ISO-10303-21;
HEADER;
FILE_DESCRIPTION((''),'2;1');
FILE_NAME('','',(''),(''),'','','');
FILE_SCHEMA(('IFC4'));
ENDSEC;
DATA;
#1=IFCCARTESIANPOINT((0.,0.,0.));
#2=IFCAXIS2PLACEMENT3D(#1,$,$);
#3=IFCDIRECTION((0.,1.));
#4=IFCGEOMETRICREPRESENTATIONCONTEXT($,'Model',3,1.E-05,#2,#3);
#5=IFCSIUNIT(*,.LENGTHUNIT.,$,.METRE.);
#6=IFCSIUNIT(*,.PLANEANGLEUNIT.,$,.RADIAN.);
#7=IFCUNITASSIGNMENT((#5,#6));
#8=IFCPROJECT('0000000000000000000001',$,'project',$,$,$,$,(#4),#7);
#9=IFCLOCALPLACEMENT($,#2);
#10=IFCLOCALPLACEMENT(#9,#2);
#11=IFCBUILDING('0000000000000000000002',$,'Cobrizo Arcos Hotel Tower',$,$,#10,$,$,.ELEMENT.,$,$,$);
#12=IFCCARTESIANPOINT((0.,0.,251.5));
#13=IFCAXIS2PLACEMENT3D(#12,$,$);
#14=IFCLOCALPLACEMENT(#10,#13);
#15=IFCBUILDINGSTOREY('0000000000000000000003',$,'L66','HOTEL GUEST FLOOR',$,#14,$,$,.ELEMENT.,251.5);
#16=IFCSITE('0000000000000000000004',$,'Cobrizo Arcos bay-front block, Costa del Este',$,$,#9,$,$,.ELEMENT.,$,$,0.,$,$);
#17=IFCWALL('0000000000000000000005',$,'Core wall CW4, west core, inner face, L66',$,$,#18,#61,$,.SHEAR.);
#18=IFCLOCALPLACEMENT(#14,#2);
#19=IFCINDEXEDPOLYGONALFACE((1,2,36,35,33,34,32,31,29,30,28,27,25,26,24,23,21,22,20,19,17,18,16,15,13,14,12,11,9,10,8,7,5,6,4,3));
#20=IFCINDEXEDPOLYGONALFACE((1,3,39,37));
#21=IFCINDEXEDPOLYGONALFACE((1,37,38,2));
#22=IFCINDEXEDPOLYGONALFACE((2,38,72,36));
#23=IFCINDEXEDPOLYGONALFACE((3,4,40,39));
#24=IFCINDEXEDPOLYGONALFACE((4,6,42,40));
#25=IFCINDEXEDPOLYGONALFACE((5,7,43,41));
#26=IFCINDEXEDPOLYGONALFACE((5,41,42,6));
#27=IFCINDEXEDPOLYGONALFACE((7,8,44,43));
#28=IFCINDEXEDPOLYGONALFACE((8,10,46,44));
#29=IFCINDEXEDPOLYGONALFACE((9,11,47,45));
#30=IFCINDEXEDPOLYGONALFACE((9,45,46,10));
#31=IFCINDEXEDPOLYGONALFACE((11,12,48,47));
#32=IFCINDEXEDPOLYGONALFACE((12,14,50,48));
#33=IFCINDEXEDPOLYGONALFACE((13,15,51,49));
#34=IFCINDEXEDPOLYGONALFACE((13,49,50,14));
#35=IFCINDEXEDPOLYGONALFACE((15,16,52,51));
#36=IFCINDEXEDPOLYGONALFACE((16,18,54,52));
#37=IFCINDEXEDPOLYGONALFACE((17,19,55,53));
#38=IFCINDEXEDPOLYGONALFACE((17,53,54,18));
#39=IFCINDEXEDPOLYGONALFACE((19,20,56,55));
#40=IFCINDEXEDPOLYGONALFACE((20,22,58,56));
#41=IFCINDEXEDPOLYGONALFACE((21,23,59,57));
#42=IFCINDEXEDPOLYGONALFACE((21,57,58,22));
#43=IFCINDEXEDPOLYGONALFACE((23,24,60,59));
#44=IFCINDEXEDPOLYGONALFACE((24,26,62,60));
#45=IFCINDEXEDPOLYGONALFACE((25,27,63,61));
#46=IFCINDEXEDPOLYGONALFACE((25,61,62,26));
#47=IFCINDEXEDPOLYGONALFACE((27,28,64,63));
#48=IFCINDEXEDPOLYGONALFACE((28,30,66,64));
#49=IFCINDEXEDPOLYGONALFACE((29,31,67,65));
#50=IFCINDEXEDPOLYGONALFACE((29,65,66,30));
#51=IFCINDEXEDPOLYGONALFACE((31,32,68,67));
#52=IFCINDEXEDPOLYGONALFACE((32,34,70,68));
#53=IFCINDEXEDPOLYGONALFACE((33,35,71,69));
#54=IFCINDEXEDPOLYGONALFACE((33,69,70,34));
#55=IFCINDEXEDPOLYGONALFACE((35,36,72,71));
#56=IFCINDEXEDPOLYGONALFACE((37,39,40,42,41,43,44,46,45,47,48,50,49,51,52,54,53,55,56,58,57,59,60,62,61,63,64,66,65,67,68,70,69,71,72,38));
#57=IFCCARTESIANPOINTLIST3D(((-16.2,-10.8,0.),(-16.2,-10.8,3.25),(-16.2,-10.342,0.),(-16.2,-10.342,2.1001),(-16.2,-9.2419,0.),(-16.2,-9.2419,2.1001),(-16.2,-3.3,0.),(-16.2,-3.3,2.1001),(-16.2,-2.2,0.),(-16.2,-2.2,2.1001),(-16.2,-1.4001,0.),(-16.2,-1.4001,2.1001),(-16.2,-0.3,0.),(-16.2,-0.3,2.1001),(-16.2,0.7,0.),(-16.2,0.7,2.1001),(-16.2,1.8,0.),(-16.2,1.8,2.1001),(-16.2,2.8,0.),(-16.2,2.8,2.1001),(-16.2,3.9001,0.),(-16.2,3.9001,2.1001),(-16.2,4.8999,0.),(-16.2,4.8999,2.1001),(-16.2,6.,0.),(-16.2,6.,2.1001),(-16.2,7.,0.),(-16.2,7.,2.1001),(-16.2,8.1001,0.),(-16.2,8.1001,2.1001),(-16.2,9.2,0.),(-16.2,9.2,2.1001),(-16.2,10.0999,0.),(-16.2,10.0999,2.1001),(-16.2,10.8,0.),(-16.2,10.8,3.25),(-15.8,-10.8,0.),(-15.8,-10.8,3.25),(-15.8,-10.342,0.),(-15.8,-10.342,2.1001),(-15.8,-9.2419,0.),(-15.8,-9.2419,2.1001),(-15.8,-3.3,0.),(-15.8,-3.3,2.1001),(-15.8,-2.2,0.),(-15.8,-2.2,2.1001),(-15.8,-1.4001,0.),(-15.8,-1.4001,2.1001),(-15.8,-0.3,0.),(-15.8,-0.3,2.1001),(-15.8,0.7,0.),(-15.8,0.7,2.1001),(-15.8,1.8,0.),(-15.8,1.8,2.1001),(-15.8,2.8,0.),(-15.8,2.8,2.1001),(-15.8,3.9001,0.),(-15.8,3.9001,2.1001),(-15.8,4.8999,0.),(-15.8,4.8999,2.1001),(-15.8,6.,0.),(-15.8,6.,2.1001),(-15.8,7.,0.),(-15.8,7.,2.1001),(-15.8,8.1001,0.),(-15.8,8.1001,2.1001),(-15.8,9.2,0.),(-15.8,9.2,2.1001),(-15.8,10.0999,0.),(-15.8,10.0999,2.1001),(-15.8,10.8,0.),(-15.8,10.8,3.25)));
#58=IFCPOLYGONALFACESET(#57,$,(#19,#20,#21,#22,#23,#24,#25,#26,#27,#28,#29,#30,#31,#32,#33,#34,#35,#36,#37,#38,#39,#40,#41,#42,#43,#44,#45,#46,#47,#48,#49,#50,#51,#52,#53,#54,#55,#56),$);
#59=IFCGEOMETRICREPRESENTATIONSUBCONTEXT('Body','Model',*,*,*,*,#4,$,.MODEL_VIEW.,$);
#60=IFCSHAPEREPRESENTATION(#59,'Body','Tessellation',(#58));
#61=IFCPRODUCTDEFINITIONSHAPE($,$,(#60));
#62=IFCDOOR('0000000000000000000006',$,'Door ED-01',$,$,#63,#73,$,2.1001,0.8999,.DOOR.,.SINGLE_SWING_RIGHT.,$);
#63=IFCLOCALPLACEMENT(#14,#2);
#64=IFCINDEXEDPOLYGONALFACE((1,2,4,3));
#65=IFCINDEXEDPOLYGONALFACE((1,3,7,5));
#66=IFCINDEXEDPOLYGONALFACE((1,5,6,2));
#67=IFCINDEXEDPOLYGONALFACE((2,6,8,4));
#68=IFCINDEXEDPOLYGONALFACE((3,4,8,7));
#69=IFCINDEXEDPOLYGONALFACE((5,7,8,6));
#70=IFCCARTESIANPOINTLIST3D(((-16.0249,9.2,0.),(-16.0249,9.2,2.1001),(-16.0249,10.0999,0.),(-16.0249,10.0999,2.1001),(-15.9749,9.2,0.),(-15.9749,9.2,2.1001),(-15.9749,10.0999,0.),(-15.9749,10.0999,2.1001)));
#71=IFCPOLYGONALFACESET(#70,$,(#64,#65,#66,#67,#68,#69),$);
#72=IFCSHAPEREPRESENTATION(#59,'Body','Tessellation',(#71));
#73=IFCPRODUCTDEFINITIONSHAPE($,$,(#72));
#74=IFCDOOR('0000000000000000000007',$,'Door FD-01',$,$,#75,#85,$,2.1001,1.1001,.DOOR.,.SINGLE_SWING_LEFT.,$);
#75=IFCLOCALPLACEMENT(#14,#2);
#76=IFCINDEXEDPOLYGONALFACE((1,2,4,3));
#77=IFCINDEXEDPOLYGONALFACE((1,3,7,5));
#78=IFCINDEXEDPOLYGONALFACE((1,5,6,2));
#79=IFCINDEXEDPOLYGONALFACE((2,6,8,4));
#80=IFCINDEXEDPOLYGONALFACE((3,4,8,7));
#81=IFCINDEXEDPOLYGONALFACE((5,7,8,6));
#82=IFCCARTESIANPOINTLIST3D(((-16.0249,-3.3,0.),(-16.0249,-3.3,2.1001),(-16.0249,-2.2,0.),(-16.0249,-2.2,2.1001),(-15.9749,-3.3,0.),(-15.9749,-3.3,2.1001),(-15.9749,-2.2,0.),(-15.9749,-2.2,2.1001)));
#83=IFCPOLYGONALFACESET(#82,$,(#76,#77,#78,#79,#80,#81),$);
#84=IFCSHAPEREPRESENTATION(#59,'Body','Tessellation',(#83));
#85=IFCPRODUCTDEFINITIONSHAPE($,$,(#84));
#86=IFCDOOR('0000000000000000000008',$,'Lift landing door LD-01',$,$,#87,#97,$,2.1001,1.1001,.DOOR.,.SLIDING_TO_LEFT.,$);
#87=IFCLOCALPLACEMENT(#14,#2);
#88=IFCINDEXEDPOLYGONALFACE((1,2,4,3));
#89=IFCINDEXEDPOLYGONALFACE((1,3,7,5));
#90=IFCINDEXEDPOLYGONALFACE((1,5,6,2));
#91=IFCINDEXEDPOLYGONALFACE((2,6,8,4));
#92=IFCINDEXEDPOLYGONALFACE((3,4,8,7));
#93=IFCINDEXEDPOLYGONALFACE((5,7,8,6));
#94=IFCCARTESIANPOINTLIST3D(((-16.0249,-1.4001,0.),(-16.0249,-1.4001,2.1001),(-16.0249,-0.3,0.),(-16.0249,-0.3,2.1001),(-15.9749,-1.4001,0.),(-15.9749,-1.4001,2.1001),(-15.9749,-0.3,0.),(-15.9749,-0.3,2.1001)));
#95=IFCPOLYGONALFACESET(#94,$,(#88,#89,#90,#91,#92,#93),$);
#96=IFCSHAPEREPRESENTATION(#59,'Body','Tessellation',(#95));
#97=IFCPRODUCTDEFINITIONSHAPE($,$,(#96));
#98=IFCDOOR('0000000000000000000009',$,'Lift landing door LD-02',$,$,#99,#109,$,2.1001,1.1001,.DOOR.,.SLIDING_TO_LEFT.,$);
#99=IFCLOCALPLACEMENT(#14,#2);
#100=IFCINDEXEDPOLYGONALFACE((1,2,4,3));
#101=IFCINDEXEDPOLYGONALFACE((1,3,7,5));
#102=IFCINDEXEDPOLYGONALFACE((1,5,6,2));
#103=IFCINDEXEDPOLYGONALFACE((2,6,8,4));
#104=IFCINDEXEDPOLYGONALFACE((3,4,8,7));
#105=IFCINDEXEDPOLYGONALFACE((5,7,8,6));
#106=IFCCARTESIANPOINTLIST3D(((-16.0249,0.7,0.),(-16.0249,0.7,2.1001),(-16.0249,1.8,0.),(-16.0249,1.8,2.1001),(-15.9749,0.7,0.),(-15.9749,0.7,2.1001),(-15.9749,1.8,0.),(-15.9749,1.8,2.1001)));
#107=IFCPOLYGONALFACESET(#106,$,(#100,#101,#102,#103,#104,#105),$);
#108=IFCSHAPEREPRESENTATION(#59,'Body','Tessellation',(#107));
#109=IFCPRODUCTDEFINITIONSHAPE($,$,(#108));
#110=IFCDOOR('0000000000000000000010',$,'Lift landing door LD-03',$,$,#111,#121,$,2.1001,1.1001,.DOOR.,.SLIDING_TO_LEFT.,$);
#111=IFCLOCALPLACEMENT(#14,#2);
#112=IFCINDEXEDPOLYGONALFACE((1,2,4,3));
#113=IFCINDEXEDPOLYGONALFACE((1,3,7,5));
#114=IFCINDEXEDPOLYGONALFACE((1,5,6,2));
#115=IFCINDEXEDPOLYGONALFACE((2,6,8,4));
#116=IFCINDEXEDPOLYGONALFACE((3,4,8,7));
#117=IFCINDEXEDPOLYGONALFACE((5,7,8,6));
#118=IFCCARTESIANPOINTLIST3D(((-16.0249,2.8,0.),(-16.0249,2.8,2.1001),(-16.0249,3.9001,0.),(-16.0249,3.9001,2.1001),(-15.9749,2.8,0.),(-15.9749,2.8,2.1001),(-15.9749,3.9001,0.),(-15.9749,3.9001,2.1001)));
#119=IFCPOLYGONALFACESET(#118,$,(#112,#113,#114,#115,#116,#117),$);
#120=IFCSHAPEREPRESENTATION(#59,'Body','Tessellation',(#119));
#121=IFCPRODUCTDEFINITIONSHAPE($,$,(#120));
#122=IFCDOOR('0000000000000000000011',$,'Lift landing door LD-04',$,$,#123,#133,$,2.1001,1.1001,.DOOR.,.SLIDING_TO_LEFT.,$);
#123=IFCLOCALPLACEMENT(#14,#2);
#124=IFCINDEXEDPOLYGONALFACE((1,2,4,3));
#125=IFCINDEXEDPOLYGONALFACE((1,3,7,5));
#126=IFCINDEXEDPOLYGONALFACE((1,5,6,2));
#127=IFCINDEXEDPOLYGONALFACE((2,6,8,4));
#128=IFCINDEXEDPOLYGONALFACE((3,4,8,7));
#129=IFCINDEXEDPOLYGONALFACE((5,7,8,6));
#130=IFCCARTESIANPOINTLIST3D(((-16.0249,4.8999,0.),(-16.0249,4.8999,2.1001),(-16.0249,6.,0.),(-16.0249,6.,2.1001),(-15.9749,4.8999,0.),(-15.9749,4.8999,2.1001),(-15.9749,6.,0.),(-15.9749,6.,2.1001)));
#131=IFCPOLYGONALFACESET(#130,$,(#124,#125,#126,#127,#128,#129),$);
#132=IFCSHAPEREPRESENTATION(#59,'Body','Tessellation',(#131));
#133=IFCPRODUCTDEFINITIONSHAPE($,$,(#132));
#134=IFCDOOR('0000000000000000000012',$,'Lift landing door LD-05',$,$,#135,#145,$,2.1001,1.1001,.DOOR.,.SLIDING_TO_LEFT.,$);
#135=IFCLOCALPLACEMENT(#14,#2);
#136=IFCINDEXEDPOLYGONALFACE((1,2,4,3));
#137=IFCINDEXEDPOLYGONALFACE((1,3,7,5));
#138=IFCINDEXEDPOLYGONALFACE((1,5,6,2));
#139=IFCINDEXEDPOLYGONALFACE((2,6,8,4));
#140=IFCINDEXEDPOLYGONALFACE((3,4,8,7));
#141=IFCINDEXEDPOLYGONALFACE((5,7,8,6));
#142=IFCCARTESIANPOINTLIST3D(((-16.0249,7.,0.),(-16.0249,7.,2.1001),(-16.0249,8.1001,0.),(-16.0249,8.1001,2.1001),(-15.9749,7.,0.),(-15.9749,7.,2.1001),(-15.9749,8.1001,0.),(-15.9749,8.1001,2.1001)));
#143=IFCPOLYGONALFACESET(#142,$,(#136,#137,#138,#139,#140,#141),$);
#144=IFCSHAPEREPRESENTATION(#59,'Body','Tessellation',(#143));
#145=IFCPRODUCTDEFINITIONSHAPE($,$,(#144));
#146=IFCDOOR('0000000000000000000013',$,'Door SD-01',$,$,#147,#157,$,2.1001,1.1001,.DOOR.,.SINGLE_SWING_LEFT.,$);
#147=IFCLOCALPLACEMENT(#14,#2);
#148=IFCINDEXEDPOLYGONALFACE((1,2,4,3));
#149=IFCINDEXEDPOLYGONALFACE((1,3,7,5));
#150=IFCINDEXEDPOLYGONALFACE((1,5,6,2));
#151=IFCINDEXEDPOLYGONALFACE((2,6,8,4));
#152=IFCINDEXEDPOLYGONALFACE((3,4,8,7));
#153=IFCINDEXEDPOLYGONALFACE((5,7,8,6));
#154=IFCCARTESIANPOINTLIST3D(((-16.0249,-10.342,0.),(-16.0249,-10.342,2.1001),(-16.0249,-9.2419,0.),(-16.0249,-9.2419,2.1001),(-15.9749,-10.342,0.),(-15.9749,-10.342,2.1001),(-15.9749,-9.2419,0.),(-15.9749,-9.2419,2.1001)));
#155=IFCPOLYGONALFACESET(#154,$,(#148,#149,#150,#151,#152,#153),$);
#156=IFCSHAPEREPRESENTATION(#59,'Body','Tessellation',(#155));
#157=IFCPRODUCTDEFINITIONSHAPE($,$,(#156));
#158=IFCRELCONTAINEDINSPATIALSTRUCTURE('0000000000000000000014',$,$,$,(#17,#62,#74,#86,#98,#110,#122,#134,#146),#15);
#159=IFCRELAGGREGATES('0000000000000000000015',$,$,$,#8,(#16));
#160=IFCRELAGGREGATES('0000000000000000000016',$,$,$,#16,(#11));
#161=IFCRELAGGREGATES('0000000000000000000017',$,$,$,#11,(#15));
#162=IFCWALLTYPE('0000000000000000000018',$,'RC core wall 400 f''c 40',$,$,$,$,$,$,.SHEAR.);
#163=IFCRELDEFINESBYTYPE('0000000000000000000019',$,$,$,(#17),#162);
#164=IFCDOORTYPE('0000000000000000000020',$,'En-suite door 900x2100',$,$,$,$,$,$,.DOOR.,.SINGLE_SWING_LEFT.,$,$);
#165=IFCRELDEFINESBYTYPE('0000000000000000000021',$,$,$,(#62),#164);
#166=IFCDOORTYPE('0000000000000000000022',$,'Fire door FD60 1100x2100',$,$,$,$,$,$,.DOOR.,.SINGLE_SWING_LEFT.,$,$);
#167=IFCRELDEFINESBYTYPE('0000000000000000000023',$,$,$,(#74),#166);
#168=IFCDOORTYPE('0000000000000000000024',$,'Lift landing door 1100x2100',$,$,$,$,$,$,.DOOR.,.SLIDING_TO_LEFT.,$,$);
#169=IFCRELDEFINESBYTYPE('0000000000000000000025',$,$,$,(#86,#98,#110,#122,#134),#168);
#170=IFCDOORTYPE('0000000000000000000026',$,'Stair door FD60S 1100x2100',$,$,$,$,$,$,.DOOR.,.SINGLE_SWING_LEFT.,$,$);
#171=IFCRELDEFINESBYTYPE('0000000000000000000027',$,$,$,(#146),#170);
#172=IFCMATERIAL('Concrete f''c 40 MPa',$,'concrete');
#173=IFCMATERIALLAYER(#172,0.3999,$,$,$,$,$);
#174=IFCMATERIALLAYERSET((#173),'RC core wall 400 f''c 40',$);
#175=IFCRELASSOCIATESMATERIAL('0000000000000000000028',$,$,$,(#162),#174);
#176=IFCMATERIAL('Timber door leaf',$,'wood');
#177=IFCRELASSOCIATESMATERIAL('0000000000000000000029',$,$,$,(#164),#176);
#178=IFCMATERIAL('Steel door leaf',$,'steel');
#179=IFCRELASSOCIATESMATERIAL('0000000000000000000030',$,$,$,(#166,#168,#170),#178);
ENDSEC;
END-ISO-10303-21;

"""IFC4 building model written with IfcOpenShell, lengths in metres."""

from ifc_helpers import new_model, si_unit, direction, frame, frame_2d, origin, place, context, subcontext, project, spatial, rectangle, extrude, material, layer, layer_set, type_object, element, fill, save


model = new_model("IFC4")

# Units and contexts
model_context = context("Model", 3, precision=1e-05, world=origin(), true_north=direction((0.0, 1.0)))
body_context = subcontext(model_context, "Body", "Model", "MODEL_VIEW")
ifc_project = project(units=[si_unit("LENGTHUNIT", "METRE"), si_unit("PLANEANGLEUNIT", "RADIAN")], contexts=[model_context])

# Site, building, storey
site_placement = place(None, origin())
site = spatial("IfcSite", under=ifc_project, at=site_placement, Name="Cobrizo Arcos bay-front block, Costa del Este", CompositionType="ELEMENT", RefElevation=0.0)
building_placement = place(site_placement, origin())
building = spatial("IfcBuilding", under=site, at=building_placement, Name="Cobrizo Arcos Hotel Tower", CompositionType="ELEMENT")
storey_placement = place(building_placement, frame((0.0, 0.0, 251.5)))
storey = spatial("IfcBuildingStorey", under=building, at=storey_placement, Name="L66", Description="HOTEL GUEST FLOOR", CompositionType="ELEMENT", Elevation=251.5)

# Wall, openings, doors
ifc_material_1 = material(Name="Concrete f'c 40 MPa", Category="concrete")
ifc_layer_1 = layer(ifc_material_1, 0.3999)
ifc_layer_set_1 = layer_set([ifc_layer_1], Name="RC core wall 400 f'c 40")
wall_type_1 = type_object("IfcWallType", Name="RC core wall 400 f'c 40", PredefinedType="SHEAR", material=ifc_layer_set_1)
wall_1_placement = place(storey_placement, frame((-16.0, -10.8, 0.0), z_axis=(0.0, 0.0, 1.0), x_axis=(0.0, 1.0, 0.0)))
wall_1 = element("IfcWall", 1, at=wall_1_placement, inside=storey, type_object=wall_type_1, Name="Core wall CW4, west core, inner face, L66", PredefinedType="SHEAR", context=body_context, shape_type="SweptSolid", body=[
    extrude(rectangle(XDim=21.6001, YDim=0.3999, at=frame_2d((10.8, 0.0))), origin(), (0.0, 0.0, 1.0), 3.25),
])
opening_1_placement = place(wall_1_placement, frame((9.3999, 0.0, 0.0)))
opening_1 = element("IfcOpeningElement", 2, at=opening_1_placement, cuts=wall_1, PredefinedType="OPENING", context=body_context, shape_type="SweptSolid", body=[
    extrude(rectangle(XDim=1.1001, YDim=2.1001, at=frame_2d((0.55, 1.05))), frame((0.0, 0.2119, 0.0), z_axis=(0.0, -1.0, 0.0), x_axis=(1.0, 0.0, 0.0)), (0.0, 0.0, 1.0), 0.4238),
])
opening_2_placement = place(wall_1_placement, frame((11.5, 0.0, 0.0)))
opening_2 = element("IfcOpeningElement", 3, at=opening_2_placement, cuts=wall_1, PredefinedType="OPENING", context=body_context, shape_type="SweptSolid", body=[
    extrude(rectangle(XDim=1.1001, YDim=2.1001, at=frame_2d((0.55, 1.05))), frame((0.0, 0.2119, 0.0), z_axis=(0.0, -1.0, 0.0), x_axis=(1.0, 0.0, 0.0)), (0.0, 0.0, 1.0), 0.4238),
])
opening_3_placement = place(wall_1_placement, frame((13.6001, 0.0, 0.0)))
opening_3 = element("IfcOpeningElement", 4, at=opening_3_placement, cuts=wall_1, PredefinedType="OPENING", context=body_context, shape_type="SweptSolid", body=[
    extrude(rectangle(XDim=1.1001, YDim=2.1001, at=frame_2d((0.55, 1.05))), frame((0.0, 0.2119, 0.0), z_axis=(0.0, -1.0, 0.0), x_axis=(1.0, 0.0, 0.0)), (0.0, 0.0, 1.0), 0.4238),
])
opening_4_placement = place(wall_1_placement, frame((15.7, 0.0, 0.0)))
opening_4 = element("IfcOpeningElement", 5, at=opening_4_placement, cuts=wall_1, PredefinedType="OPENING", context=body_context, shape_type="SweptSolid", body=[
    extrude(rectangle(XDim=1.1001, YDim=2.1001, at=frame_2d((0.55, 1.05))), frame((0.0, 0.2119, 0.0), z_axis=(0.0, -1.0, 0.0), x_axis=(1.0, 0.0, 0.0)), (0.0, 0.0, 1.0), 0.4238),
])
opening_5_placement = place(wall_1_placement, frame((17.8, 0.0, 0.0)))
opening_5 = element("IfcOpeningElement", 6, at=opening_5_placement, cuts=wall_1, PredefinedType="OPENING", context=body_context, shape_type="SweptSolid", body=[
    extrude(rectangle(XDim=1.1001, YDim=2.1001, at=frame_2d((0.55, 1.05))), frame((0.0, 0.2119, 0.0), z_axis=(0.0, -1.0, 0.0), x_axis=(1.0, 0.0, 0.0)), (0.0, 0.0, 1.0), 0.4238),
])
opening_6_placement = place(wall_1_placement, frame((0.458, 0.0, 0.0)))
opening_6 = element("IfcOpeningElement", 7, at=opening_6_placement, cuts=wall_1, PredefinedType="OPENING", context=body_context, shape_type="SweptSolid", body=[
    extrude(rectangle(XDim=1.1001, YDim=2.1001, at=frame_2d((0.55, 1.05))), frame((0.0, 0.2119, 0.0), z_axis=(0.0, -1.0, 0.0), x_axis=(1.0, 0.0, 0.0)), (0.0, 0.0, 1.0), 0.4238),
])
opening_7_placement = place(wall_1_placement, frame((7.5, 0.0, 0.0)))
opening_7 = element("IfcOpeningElement", 8, at=opening_7_placement, cuts=wall_1, PredefinedType="OPENING", context=body_context, shape_type="SweptSolid", body=[
    extrude(rectangle(XDim=1.1001, YDim=2.1001, at=frame_2d((0.55, 1.05))), frame((0.0, 0.2119, 0.0), z_axis=(0.0, -1.0, 0.0), x_axis=(1.0, 0.0, 0.0)), (0.0, 0.0, 1.0), 0.4238),
])
opening_8_placement = place(wall_1_placement, frame((20.0, 0.0, 0.0)))
opening_8 = element("IfcOpeningElement", 9, at=opening_8_placement, cuts=wall_1, PredefinedType="OPENING", context=body_context, shape_type="SweptSolid", body=[
    extrude(rectangle(XDim=0.8999, YDim=2.1001, at=frame_2d((0.45, 1.05))), frame((0.0, 0.2119, 0.0), z_axis=(0.0, -1.0, 0.0), x_axis=(1.0, 0.0, 0.0)), (0.0, 0.0, 1.0), 0.4238),
])
ifc_material_2 = material(Name="Timber door leaf", Category="wood")
door_type_1 = type_object("IfcDoorType", Name="En-suite door 900x2100", OperationType="SINGLE_SWING_LEFT", PredefinedType="DOOR", material=ifc_material_2)
door_1_placement = place(opening_8_placement, origin())
door_1 = element("IfcDoor", 10, at=door_1_placement, inside=storey, type_object=door_type_1, Name="Door ED-01", OperationType="SINGLE_SWING_RIGHT", OverallHeight=2.1001, OverallWidth=0.8999, PredefinedType="DOOR", context=body_context, shape_type="SweptSolid", body=[
    extrude(rectangle(XDim=0.8999, YDim=2.1001, at=frame_2d((0.45, 1.05))), frame((0.0, 0.0249, 0.0), z_axis=(0.0, -1.0, 0.0), x_axis=(1.0, 0.0, 0.0)), (0.0, 0.0, 1.0), 0.05),
])
fill(opening_8, door_1)
ifc_material_3 = material(Name="Steel door leaf", Category="steel")
door_type_2 = type_object("IfcDoorType", Name="Fire door FD60 1100x2100", OperationType="SINGLE_SWING_LEFT", PredefinedType="DOOR", material=ifc_material_3)
door_2_placement = place(opening_7_placement, origin())
door_2 = element("IfcDoor", 11, at=door_2_placement, inside=storey, type_object=door_type_2, Name="Door FD-01", OperationType="SINGLE_SWING_LEFT", OverallHeight=2.1001, OverallWidth=1.1001, PredefinedType="DOOR", context=body_context, shape_type="SweptSolid", body=[
    extrude(rectangle(XDim=1.1001, YDim=2.1001, at=frame_2d((0.55, 1.05))), frame((0.0, 0.0249, 0.0), z_axis=(0.0, -1.0, 0.0), x_axis=(1.0, 0.0, 0.0)), (0.0, 0.0, 1.0), 0.05),
])
fill(opening_7, door_2)
door_type_3 = type_object("IfcDoorType", Name="Lift landing door 1100x2100", OperationType="SLIDING_TO_LEFT", PredefinedType="DOOR", material=ifc_material_3)
door_3_placement = place(opening_1_placement, origin())
door_3 = element("IfcDoor", 12, at=door_3_placement, inside=storey, type_object=door_type_3, Name="Lift landing door LD-01", OperationType="SLIDING_TO_LEFT", OverallHeight=2.1001, OverallWidth=1.1001, PredefinedType="DOOR", context=body_context, shape_type="SweptSolid", body=[
    extrude(rectangle(XDim=1.1001, YDim=2.1001, at=frame_2d((0.55, 1.05))), frame((0.0, 0.0249, 0.0), z_axis=(0.0, -1.0, 0.0), x_axis=(1.0, 0.0, 0.0)), (0.0, 0.0, 1.0), 0.05),
])
fill(opening_1, door_3)
door_4_placement = place(opening_2_placement, origin())
door_4 = element("IfcDoor", 13, at=door_4_placement, inside=storey, type_object=door_type_3, Name="Lift landing door LD-02", OperationType="SLIDING_TO_LEFT", OverallHeight=2.1001, OverallWidth=1.1001, PredefinedType="DOOR", context=body_context, shape_type="SweptSolid", body=[
    extrude(rectangle(XDim=1.1001, YDim=2.1001, at=frame_2d((0.55, 1.05))), frame((0.0, 0.0249, 0.0), z_axis=(0.0, -1.0, 0.0), x_axis=(1.0, 0.0, 0.0)), (0.0, 0.0, 1.0), 0.05),
])
fill(opening_2, door_4)
door_5_placement = place(opening_3_placement, origin())
door_5 = element("IfcDoor", 14, at=door_5_placement, inside=storey, type_object=door_type_3, Name="Lift landing door LD-03", OperationType="SLIDING_TO_LEFT", OverallHeight=2.1001, OverallWidth=1.1001, PredefinedType="DOOR", context=body_context, shape_type="SweptSolid", body=[
    extrude(rectangle(XDim=1.1001, YDim=2.1001, at=frame_2d((0.55, 1.05))), frame((0.0, 0.0249, 0.0), z_axis=(0.0, -1.0, 0.0), x_axis=(1.0, 0.0, 0.0)), (0.0, 0.0, 1.0), 0.05),
])
fill(opening_3, door_5)
door_6_placement = place(opening_4_placement, origin())
door_6 = element("IfcDoor", 15, at=door_6_placement, inside=storey, type_object=door_type_3, Name="Lift landing door LD-04", OperationType="SLIDING_TO_LEFT", OverallHeight=2.1001, OverallWidth=1.1001, PredefinedType="DOOR", context=body_context, shape_type="SweptSolid", body=[
    extrude(rectangle(XDim=1.1001, YDim=2.1001, at=frame_2d((0.55, 1.05))), frame((0.0, 0.0249, 0.0), z_axis=(0.0, -1.0, 0.0), x_axis=(1.0, 0.0, 0.0)), (0.0, 0.0, 1.0), 0.05),
])
fill(opening_4, door_6)
door_7_placement = place(opening_5_placement, origin())
door_7 = element("IfcDoor", 16, at=door_7_placement, inside=storey, type_object=door_type_3, Name="Lift landing door LD-05", OperationType="SLIDING_TO_LEFT", OverallHeight=2.1001, OverallWidth=1.1001, PredefinedType="DOOR", context=body_context, shape_type="SweptSolid", body=[
    extrude(rectangle(XDim=1.1001, YDim=2.1001, at=frame_2d((0.55, 1.05))), frame((0.0, 0.0249, 0.0), z_axis=(0.0, -1.0, 0.0), x_axis=(1.0, 0.0, 0.0)), (0.0, 0.0, 1.0), 0.05),
])
fill(opening_5, door_7)
door_type_4 = type_object("IfcDoorType", Name="Stair door FD60S 1100x2100", OperationType="SINGLE_SWING_LEFT", PredefinedType="DOOR", material=ifc_material_3)
door_8_placement = place(opening_6_placement, origin())
door_8 = element("IfcDoor", 17, at=door_8_placement, inside=storey, type_object=door_type_4, Name="Door SD-01", OperationType="SINGLE_SWING_LEFT", OverallHeight=2.1001, OverallWidth=1.1001, PredefinedType="DOOR", context=body_context, shape_type="SweptSolid", body=[
    extrude(rectangle(XDim=1.1001, YDim=2.1001, at=frame_2d((0.55, 1.05))), frame((0.0, 0.0249, 0.0), z_axis=(0.0, -1.0, 0.0), x_axis=(1.0, 0.0, 0.0)), (0.0, 0.0, 1.0), 0.05),
])
fill(opening_6, door_8)

save(model, "model.ifc")
